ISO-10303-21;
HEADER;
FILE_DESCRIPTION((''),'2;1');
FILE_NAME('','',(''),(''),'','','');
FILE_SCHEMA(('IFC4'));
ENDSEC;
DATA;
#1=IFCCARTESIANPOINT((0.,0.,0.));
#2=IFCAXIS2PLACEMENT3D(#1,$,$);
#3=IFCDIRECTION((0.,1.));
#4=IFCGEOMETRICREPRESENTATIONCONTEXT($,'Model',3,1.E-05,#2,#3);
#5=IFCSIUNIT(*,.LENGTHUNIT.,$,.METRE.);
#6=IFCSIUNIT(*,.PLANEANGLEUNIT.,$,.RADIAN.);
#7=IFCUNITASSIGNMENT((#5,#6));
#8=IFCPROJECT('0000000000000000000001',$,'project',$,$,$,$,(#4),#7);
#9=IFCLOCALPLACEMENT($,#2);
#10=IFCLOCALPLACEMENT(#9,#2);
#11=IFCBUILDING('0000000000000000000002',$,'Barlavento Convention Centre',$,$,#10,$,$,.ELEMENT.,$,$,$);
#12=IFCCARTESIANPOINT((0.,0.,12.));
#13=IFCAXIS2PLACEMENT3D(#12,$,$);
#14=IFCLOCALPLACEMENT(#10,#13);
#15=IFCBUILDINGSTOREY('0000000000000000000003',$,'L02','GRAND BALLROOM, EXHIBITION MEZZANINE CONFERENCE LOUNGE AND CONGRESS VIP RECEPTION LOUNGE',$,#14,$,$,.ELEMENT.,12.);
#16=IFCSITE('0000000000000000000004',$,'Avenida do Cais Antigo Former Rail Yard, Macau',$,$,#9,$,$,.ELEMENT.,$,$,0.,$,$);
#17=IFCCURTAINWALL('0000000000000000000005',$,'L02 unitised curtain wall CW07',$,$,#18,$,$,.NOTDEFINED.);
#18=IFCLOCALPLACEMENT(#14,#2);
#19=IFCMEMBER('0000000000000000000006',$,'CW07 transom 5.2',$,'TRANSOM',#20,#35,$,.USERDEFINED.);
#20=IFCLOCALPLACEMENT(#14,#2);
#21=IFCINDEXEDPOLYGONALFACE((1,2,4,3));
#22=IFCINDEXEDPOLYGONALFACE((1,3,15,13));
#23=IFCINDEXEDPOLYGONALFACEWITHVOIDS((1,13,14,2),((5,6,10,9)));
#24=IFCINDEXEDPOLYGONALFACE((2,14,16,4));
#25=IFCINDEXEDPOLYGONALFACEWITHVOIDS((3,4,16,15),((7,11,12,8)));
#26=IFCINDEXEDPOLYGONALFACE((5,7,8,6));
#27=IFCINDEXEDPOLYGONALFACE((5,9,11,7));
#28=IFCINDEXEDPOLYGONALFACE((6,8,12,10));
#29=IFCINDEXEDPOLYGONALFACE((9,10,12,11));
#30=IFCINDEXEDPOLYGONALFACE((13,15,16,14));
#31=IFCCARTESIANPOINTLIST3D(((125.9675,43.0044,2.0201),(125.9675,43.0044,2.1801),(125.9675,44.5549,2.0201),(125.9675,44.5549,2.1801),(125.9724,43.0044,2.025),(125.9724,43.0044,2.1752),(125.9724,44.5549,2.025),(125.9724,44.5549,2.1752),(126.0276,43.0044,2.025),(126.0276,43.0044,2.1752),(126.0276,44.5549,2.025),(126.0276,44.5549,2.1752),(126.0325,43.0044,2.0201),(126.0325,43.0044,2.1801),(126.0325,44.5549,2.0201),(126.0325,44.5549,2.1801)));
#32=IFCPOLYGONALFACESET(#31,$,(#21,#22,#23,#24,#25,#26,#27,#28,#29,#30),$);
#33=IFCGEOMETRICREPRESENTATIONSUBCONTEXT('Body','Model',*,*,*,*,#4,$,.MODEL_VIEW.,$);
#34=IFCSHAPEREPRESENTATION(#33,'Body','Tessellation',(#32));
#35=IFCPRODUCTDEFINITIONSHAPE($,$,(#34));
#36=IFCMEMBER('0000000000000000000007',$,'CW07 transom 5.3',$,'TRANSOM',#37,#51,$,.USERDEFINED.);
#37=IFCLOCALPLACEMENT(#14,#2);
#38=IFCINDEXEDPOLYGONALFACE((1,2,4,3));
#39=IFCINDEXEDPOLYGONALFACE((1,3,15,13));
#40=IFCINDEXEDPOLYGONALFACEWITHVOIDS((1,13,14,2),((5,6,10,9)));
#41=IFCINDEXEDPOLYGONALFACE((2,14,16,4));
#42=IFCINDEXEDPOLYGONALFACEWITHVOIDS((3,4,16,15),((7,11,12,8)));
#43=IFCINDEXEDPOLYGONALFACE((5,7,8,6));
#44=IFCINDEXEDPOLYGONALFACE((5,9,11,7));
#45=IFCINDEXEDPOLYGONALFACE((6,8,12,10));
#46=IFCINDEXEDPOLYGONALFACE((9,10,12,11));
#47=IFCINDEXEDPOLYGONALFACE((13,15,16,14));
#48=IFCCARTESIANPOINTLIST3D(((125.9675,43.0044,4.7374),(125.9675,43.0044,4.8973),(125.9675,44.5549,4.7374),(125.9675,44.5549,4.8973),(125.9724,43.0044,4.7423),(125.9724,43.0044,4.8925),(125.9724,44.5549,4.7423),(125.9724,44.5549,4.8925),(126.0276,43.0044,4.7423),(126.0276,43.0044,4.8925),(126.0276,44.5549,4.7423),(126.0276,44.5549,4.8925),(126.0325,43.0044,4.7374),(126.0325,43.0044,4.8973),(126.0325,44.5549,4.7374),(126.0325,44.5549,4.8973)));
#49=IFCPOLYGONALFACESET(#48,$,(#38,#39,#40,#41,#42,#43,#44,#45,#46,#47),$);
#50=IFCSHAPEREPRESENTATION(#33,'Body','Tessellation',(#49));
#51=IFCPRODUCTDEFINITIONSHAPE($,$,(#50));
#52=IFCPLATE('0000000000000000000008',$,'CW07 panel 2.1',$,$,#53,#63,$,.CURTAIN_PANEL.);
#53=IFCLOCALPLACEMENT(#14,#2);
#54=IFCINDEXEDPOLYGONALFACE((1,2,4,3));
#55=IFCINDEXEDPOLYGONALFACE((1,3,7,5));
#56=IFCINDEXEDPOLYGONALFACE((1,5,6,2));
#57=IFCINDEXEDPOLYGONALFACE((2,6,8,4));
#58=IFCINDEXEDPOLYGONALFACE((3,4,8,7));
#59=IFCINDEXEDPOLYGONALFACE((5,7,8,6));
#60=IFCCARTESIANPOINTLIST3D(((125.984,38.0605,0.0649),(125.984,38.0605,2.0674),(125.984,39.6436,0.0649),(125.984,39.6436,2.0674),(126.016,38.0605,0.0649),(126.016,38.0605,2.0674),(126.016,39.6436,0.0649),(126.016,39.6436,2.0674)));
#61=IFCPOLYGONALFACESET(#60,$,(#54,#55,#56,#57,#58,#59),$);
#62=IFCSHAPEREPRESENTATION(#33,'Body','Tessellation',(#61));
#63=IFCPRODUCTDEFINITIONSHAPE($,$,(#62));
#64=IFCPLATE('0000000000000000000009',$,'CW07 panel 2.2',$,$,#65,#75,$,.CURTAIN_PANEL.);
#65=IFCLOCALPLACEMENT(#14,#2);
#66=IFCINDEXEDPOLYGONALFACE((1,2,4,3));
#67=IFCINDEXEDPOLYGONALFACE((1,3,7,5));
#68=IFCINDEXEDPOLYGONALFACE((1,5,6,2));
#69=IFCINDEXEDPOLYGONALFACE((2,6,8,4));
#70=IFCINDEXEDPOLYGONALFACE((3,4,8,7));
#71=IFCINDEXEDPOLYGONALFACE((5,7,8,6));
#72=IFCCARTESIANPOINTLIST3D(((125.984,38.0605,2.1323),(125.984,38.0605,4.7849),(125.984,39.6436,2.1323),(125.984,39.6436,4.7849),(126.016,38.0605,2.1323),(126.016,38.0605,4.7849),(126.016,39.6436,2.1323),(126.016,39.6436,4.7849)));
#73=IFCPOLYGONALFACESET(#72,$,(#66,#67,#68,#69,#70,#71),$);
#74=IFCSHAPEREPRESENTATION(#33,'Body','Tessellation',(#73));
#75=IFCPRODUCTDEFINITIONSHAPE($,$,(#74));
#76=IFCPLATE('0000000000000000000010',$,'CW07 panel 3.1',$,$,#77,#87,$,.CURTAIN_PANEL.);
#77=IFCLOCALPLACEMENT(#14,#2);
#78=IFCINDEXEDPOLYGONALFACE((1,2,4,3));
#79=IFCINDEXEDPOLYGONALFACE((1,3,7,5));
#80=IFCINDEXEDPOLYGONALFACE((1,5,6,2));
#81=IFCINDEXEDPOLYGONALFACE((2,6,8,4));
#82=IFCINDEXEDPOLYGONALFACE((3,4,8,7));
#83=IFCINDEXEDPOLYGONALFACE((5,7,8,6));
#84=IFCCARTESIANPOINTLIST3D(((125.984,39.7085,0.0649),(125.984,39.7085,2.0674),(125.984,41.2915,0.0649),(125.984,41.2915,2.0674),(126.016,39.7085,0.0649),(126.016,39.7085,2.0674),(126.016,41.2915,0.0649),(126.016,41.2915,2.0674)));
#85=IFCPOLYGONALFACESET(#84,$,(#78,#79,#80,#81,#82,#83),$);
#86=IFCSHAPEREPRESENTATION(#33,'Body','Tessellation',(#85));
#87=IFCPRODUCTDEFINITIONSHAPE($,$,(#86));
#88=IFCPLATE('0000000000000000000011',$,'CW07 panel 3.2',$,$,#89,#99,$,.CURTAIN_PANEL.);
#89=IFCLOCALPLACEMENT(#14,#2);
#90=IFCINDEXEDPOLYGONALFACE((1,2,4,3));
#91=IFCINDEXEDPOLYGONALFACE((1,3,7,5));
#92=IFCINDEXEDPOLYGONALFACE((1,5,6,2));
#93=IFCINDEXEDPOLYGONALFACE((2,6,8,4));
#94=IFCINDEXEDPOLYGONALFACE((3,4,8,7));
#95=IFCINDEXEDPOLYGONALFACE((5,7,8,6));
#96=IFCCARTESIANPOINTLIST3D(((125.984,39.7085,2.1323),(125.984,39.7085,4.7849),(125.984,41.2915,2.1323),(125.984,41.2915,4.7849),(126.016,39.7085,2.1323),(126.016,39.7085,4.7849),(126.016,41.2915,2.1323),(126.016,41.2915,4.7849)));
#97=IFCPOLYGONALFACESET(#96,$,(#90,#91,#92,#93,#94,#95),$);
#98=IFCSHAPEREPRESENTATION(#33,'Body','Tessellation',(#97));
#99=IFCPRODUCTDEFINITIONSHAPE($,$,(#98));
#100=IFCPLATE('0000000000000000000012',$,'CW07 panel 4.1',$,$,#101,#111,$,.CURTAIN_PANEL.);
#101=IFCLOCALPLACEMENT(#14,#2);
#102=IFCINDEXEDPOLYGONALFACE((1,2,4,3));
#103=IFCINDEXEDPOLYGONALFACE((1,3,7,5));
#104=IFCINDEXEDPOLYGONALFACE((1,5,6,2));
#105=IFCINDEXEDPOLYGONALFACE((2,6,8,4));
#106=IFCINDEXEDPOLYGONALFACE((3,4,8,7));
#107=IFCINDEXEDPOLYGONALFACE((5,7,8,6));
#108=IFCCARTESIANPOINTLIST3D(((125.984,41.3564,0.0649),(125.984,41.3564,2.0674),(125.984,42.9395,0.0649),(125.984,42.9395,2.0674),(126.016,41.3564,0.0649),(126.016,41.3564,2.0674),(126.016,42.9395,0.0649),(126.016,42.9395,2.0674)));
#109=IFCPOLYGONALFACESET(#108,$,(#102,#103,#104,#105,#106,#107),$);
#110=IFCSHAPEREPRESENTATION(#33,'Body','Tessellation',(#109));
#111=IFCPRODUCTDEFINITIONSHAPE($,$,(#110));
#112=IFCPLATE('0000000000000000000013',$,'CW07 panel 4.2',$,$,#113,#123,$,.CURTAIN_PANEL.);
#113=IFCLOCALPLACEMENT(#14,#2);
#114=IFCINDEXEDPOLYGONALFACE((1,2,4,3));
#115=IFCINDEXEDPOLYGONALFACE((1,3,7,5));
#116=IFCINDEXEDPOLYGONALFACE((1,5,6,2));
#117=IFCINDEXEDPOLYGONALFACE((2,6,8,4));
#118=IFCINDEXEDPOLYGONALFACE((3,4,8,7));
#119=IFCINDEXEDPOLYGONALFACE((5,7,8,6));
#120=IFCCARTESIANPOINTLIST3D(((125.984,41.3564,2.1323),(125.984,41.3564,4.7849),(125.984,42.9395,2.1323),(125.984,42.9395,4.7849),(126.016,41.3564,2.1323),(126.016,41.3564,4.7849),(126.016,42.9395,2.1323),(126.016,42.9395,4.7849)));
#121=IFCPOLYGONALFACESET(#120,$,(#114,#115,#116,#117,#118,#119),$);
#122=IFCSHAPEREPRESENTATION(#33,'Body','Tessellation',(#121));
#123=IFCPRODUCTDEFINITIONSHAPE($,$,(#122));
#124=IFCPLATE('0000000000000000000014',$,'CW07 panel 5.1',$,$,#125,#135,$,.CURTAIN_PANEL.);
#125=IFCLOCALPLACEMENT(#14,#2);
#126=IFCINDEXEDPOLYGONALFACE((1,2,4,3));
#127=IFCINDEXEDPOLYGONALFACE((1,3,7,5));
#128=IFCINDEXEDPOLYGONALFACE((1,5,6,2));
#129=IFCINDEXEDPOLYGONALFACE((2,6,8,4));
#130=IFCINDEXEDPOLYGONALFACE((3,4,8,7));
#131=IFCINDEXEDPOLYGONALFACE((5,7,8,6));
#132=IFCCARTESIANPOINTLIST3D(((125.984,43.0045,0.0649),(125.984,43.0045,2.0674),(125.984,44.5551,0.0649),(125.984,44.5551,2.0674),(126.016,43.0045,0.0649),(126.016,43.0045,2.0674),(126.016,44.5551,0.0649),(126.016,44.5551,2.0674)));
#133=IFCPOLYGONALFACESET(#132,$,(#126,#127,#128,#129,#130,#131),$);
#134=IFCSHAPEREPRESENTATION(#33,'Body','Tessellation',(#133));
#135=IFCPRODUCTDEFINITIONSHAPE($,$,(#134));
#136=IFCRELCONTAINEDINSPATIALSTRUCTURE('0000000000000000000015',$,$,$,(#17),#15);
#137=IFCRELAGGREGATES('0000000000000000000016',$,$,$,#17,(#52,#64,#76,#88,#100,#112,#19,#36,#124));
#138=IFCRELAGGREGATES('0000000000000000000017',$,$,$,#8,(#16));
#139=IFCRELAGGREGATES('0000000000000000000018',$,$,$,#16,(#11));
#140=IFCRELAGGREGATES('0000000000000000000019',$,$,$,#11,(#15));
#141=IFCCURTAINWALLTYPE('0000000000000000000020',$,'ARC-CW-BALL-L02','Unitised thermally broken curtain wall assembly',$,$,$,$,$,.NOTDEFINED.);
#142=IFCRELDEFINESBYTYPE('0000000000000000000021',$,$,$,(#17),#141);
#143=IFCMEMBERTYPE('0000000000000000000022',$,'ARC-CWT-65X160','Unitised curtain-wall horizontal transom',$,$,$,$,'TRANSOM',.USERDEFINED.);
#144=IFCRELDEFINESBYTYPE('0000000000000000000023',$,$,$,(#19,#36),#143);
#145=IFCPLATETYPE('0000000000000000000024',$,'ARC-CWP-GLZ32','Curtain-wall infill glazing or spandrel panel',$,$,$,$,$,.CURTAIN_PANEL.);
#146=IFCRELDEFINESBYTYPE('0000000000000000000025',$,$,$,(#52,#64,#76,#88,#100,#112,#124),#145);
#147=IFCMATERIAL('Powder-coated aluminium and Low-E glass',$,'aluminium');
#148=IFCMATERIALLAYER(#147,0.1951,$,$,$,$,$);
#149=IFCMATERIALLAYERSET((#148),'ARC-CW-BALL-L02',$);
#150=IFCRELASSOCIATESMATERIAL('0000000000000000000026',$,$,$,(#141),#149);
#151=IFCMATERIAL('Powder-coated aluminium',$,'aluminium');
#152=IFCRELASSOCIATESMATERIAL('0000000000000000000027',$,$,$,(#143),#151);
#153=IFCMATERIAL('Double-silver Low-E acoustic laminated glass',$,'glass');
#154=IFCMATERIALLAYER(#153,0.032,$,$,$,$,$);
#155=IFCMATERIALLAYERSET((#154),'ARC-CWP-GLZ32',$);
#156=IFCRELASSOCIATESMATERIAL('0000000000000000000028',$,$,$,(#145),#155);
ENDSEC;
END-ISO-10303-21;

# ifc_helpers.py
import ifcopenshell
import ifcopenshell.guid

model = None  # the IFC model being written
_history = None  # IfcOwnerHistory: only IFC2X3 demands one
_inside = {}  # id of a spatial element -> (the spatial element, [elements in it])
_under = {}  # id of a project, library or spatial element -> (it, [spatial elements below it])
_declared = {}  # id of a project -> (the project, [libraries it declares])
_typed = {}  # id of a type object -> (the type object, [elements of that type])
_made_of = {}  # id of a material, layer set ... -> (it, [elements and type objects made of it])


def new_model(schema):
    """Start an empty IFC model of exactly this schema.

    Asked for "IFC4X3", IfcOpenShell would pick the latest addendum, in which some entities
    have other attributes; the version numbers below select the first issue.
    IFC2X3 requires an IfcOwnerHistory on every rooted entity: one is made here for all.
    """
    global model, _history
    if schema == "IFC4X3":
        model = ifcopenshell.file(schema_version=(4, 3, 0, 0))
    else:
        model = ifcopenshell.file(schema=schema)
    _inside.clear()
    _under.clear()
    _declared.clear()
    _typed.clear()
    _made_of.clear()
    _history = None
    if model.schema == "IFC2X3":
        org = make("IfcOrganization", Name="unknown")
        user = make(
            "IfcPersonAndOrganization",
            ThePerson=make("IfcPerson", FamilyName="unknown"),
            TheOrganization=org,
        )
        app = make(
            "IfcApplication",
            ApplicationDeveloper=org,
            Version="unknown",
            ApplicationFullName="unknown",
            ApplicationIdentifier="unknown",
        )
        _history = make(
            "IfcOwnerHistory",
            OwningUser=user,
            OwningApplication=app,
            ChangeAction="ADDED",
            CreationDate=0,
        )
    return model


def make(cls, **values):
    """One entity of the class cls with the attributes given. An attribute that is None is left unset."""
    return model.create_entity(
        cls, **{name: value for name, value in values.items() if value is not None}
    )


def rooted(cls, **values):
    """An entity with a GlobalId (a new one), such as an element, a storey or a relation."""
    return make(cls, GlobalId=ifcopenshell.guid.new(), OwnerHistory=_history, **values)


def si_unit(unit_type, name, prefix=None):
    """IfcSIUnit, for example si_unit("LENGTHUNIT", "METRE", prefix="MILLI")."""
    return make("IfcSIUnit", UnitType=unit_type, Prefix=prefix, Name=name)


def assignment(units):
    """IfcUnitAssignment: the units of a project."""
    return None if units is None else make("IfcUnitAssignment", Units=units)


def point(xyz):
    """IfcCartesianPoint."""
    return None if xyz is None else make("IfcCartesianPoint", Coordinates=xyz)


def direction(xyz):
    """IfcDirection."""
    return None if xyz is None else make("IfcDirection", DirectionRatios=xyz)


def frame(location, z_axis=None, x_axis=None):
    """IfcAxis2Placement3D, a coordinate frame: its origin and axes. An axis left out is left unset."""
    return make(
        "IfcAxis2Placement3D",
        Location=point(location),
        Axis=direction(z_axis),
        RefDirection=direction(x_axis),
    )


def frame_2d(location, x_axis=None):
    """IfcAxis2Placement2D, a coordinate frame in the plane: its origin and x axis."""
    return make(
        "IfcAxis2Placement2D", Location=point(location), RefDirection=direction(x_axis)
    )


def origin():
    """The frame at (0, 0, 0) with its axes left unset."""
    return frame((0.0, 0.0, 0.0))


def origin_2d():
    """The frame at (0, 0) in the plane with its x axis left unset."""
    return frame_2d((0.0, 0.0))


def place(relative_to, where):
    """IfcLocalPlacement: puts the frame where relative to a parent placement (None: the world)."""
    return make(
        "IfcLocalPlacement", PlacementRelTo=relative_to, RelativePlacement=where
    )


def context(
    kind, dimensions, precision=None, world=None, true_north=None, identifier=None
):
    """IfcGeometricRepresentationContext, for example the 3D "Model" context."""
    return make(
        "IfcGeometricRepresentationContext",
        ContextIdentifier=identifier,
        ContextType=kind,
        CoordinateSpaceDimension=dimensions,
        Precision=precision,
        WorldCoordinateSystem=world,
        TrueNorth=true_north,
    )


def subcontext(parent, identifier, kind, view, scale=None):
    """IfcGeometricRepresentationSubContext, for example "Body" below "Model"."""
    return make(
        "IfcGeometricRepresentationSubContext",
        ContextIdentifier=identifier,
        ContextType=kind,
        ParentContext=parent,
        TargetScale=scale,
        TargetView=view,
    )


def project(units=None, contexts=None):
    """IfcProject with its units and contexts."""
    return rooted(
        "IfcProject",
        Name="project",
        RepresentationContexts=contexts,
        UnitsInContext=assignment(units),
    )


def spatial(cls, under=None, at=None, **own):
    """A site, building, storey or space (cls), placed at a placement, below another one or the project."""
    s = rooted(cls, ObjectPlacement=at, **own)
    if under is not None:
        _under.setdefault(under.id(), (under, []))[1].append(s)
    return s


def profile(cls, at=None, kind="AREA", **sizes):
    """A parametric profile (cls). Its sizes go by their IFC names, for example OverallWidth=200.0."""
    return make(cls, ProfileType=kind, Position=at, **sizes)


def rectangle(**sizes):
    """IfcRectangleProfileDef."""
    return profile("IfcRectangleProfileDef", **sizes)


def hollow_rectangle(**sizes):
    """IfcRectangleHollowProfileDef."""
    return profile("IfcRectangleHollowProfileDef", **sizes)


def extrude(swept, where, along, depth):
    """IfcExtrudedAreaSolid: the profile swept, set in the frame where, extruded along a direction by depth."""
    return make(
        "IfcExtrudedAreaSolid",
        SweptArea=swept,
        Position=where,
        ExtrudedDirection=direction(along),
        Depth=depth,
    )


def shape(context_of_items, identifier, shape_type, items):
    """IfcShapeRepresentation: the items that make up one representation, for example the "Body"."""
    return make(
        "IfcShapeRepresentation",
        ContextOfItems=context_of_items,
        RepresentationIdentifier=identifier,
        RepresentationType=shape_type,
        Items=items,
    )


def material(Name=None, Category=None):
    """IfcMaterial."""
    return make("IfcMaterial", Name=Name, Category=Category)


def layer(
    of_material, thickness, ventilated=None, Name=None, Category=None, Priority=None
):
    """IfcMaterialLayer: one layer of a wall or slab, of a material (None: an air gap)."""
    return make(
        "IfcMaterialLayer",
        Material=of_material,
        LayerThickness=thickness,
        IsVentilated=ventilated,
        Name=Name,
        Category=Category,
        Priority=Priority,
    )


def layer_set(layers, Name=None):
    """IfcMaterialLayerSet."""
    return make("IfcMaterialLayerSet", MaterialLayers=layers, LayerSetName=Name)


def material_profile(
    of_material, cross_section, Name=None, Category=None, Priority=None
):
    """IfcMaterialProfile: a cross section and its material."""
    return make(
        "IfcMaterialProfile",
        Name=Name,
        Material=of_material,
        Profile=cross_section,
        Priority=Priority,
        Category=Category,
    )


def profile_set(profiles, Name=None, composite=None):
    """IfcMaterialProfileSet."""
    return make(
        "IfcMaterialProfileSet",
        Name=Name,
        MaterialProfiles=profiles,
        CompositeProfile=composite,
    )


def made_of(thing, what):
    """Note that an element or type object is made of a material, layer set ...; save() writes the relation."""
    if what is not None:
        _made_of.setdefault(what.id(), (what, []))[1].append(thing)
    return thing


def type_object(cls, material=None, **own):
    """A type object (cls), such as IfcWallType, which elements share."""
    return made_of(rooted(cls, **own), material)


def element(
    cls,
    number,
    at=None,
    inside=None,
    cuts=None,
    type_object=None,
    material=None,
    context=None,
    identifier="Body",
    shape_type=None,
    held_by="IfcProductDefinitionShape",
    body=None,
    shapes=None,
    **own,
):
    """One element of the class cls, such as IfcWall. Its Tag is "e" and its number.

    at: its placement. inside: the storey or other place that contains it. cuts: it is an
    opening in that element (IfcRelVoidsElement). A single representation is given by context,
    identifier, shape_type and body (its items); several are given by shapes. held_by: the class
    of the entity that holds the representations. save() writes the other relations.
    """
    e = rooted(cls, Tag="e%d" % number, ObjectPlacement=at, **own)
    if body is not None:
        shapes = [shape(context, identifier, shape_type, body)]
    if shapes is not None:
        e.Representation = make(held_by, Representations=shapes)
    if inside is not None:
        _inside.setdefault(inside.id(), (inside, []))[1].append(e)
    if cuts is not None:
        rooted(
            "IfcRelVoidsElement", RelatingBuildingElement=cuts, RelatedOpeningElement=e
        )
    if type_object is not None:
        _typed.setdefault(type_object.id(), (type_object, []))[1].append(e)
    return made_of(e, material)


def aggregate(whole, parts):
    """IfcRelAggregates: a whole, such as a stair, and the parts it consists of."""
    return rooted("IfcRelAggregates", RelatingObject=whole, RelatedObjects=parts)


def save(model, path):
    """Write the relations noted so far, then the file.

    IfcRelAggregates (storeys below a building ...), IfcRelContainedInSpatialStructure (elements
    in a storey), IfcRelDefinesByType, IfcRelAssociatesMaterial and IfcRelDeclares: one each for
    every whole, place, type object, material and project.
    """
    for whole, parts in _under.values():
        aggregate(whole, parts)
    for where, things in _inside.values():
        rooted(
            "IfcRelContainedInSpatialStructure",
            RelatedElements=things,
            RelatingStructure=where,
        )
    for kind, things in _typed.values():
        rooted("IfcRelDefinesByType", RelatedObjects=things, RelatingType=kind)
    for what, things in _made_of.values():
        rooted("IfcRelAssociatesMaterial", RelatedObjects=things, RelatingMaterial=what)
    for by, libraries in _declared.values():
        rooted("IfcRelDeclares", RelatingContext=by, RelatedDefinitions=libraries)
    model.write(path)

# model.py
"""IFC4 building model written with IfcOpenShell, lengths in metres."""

from ifc_helpers import new_model, si_unit, direction, frame, origin, origin_2d, place, context, subcontext, project, spatial, rectangle, hollow_rectangle, extrude, material, layer, layer_set, material_profile, profile_set, type_object, element, aggregate, save


model = new_model("IFC4")

# Units and contexts
model_context = context("Model", 3, precision=1e-05, world=origin(), true_north=direction((0.0, 1.0)))
body_context = subcontext(model_context, "Body", "Model", "MODEL_VIEW")
ifc_project = project(units=[si_unit("LENGTHUNIT", "METRE"), si_unit("PLANEANGLEUNIT", "RADIAN")], contexts=[model_context])

# Site, building, storey
site_placement = place(None, origin())
site = spatial("IfcSite", under=ifc_project, at=site_placement, Name="Avenida do Cais Antigo Former Rail Yard, Macau", CompositionType="ELEMENT", RefElevation=0.0)
building_placement = place(site_placement, origin())
building = spatial("IfcBuilding", under=site, at=building_placement, Name="Barlavento Convention Centre", CompositionType="ELEMENT")
storey_placement = place(building_placement, frame((0.0, 0.0, 12.0)))
storey = spatial("IfcBuildingStorey", under=building, at=storey_placement, Name="L02", Description="GRAND BALLROOM, EXHIBITION MEZZANINE CONFERENCE LOUNGE AND CONGRESS VIP RECEPTION LOUNGE", CompositionType="ELEMENT", Elevation=12.0)

# Curtain wall, members, plates
ifc_material_1 = material(Name="Powder-coated aluminium and Low-E glass", Category="aluminium")
ifc_layer_1 = layer(ifc_material_1, 0.1951)
ifc_layer_set_1 = layer_set([ifc_layer_1], Name="ARC-CW-BALL-L02")
curtain_wall_type = type_object("IfcCurtainWallType", Name="ARC-CW-BALL-L02", Description="Unitised thermally broken curtain wall assembly", PredefinedType="NOTDEFINED", material=ifc_layer_set_1)
curtain_wall_placement = place(storey_placement, origin())
curtain_wall = element("IfcCurtainWall", 1, at=curtain_wall_placement, inside=storey, type_object=curtain_wall_type, Name="L02 unitised curtain wall CW07", PredefinedType="NOTDEFINED")
ifc_material_2 = material(Name="Powder-coated aluminium", Category="aluminium")
ifc_material_profile_1 = material_profile(ifc_material_2, hollow_rectangle(XDim=0.0649, YDim=0.1599, WallThickness=0.0049, at=origin_2d()), Name="AL-TRAN 65x160x5")
ifc_profile_set_1 = profile_set([ifc_material_profile_1], Name="Powder-coated aluminium")
member_type_1 = type_object("IfcMemberType", Name="ARC-CWT-65X160", Description="Unitised curtain-wall horizontal transom", ElementType="TRANSOM", PredefinedType="USERDEFINED", material=ifc_profile_set_1)
member_1_placement = place(storey_placement, frame((126.0, 43.0044, 2.1001), z_axis=(0.0, 1.0, 0.0), x_axis=(-1.0, 0.0, 0.0)))
member_1 = element("IfcMember", 2, at=member_1_placement, type_object=member_type_1, Name="CW07 transom 5.2", ObjectType="TRANSOM", PredefinedType="USERDEFINED", context=body_context, shape_type="SweptSolid", body=[
    extrude(hollow_rectangle(XDim=0.0649, YDim=0.1599, WallThickness=0.0049, at=origin_2d()), origin(), (0.0, 0.0, 1.0), 1.5505),
])
member_2_placement = place(storey_placement, frame((126.0, 43.0044, 4.8174), z_axis=(0.0, 1.0, 0.0), x_axis=(-1.0, 0.0, 0.0)))
member_2 = element("IfcMember", 3, at=member_2_placement, type_object=member_type_1, Name="CW07 transom 5.3", ObjectType="TRANSOM", PredefinedType="USERDEFINED", context=body_context, shape_type="SweptSolid", body=[
    extrude(hollow_rectangle(XDim=0.0649, YDim=0.1599, WallThickness=0.0049, at=origin_2d()), origin(), (0.0, 0.0, 1.0), 1.5505),
])
ifc_material_3 = material(Name="Double-silver Low-E acoustic laminated glass", Category="glass")
ifc_layer_2 = layer(ifc_material_3, 0.032)
ifc_layer_set_2 = layer_set([ifc_layer_2], Name="ARC-CWP-GLZ32")
plate_type = type_object("IfcPlateType", Name="ARC-CWP-GLZ32", Description="Curtain-wall infill glazing or spandrel panel", PredefinedType="CURTAIN_PANEL", material=ifc_layer_set_2)
plate_1_placement = place(storey_placement, frame((126.0, 38.8521, 0.0649), z_axis=(0.0, 0.0, 1.0), x_axis=(0.0, 1.0, 0.0)))
plate_1 = element("IfcPlate", 4, at=plate_1_placement, type_object=plate_type, Name="CW07 panel 2.1", PredefinedType="CURTAIN_PANEL", context=body_context, shape_type="SweptSolid", body=[
    extrude(rectangle(XDim=1.583, YDim=0.032, at=origin_2d()), origin(), (0.0, 0.0, 1.0), 2.0024),
])
plate_2_placement = place(storey_placement, frame((126.0, 38.8521, 2.1323), z_axis=(0.0, 0.0, 1.0), x_axis=(0.0, 1.0, 0.0)))
plate_2 = element("IfcPlate", 5, at=plate_2_placement, type_object=plate_type, Name="CW07 panel 2.2", PredefinedType="CURTAIN_PANEL", context=body_context, shape_type="SweptSolid", body=[
    extrude(rectangle(XDim=1.583, YDim=0.032, at=origin_2d()), origin(), (0.0, 0.0, 1.0), 2.6526),
])
plate_3_placement = place(storey_placement, frame((126.0, 40.5, 0.0649), z_axis=(0.0, 0.0, 1.0), x_axis=(0.0, 1.0, 0.0)))
plate_3 = element("IfcPlate", 6, at=plate_3_placement, type_object=plate_type, Name="CW07 panel 3.1", PredefinedType="CURTAIN_PANEL", context=body_context, shape_type="SweptSolid", body=[
    extrude(rectangle(XDim=1.583, YDim=0.032, at=origin_2d()), origin(), (0.0, 0.0, 1.0), 2.0024),
])
plate_4_placement = place(storey_placement, frame((126.0, 40.5, 2.1323), z_axis=(0.0, 0.0, 1.0), x_axis=(0.0, 1.0, 0.0)))
plate_4 = element("IfcPlate", 7, at=plate_4_placement, type_object=plate_type, Name="CW07 panel 3.2", PredefinedType="CURTAIN_PANEL", context=body_context, shape_type="SweptSolid", body=[
    extrude(rectangle(XDim=1.583, YDim=0.032, at=origin_2d()), origin(), (0.0, 0.0, 1.0), 2.6526),
])
plate_5_placement = place(storey_placement, frame((126.0, 42.1479, 0.0649), z_axis=(0.0, 0.0, 1.0), x_axis=(0.0, 1.0, 0.0)))
plate_5 = element("IfcPlate", 8, at=plate_5_placement, type_object=plate_type, Name="CW07 panel 4.1", PredefinedType="CURTAIN_PANEL", context=body_context, shape_type="SweptSolid", body=[
    extrude(rectangle(XDim=1.583, YDim=0.032, at=origin_2d()), origin(), (0.0, 0.0, 1.0), 2.0024),
])
plate_6_placement = place(storey_placement, frame((126.0, 42.1479, 2.1323), z_axis=(0.0, 0.0, 1.0), x_axis=(0.0, 1.0, 0.0)))
plate_6 = element("IfcPlate", 9, at=plate_6_placement, type_object=plate_type, Name="CW07 panel 4.2", PredefinedType="CURTAIN_PANEL", context=body_context, shape_type="SweptSolid", body=[
    extrude(rectangle(XDim=1.583, YDim=0.032, at=origin_2d()), origin(), (0.0, 0.0, 1.0), 2.6526),
])
plate_7_placement = place(storey_placement, frame((126.0, 43.7798, 0.0649), z_axis=(0.0, 0.0, 1.0), x_axis=(0.0, 1.0, 0.0)))
plate_7 = element("IfcPlate", 10, at=plate_7_placement, type_object=plate_type, Name="CW07 panel 5.1", PredefinedType="CURTAIN_PANEL", context=body_context, shape_type="SweptSolid", body=[
    extrude(rectangle(XDim=1.5505, YDim=0.032, at=origin_2d()), origin(), (0.0, 0.0, 1.0), 2.0024),
])
aggregate(curtain_wall, [plate_1, plate_2, plate_3, plate_4, plate_5, plate_6, member_1, member_2, plate_7])

save(model, "model.ifc")
